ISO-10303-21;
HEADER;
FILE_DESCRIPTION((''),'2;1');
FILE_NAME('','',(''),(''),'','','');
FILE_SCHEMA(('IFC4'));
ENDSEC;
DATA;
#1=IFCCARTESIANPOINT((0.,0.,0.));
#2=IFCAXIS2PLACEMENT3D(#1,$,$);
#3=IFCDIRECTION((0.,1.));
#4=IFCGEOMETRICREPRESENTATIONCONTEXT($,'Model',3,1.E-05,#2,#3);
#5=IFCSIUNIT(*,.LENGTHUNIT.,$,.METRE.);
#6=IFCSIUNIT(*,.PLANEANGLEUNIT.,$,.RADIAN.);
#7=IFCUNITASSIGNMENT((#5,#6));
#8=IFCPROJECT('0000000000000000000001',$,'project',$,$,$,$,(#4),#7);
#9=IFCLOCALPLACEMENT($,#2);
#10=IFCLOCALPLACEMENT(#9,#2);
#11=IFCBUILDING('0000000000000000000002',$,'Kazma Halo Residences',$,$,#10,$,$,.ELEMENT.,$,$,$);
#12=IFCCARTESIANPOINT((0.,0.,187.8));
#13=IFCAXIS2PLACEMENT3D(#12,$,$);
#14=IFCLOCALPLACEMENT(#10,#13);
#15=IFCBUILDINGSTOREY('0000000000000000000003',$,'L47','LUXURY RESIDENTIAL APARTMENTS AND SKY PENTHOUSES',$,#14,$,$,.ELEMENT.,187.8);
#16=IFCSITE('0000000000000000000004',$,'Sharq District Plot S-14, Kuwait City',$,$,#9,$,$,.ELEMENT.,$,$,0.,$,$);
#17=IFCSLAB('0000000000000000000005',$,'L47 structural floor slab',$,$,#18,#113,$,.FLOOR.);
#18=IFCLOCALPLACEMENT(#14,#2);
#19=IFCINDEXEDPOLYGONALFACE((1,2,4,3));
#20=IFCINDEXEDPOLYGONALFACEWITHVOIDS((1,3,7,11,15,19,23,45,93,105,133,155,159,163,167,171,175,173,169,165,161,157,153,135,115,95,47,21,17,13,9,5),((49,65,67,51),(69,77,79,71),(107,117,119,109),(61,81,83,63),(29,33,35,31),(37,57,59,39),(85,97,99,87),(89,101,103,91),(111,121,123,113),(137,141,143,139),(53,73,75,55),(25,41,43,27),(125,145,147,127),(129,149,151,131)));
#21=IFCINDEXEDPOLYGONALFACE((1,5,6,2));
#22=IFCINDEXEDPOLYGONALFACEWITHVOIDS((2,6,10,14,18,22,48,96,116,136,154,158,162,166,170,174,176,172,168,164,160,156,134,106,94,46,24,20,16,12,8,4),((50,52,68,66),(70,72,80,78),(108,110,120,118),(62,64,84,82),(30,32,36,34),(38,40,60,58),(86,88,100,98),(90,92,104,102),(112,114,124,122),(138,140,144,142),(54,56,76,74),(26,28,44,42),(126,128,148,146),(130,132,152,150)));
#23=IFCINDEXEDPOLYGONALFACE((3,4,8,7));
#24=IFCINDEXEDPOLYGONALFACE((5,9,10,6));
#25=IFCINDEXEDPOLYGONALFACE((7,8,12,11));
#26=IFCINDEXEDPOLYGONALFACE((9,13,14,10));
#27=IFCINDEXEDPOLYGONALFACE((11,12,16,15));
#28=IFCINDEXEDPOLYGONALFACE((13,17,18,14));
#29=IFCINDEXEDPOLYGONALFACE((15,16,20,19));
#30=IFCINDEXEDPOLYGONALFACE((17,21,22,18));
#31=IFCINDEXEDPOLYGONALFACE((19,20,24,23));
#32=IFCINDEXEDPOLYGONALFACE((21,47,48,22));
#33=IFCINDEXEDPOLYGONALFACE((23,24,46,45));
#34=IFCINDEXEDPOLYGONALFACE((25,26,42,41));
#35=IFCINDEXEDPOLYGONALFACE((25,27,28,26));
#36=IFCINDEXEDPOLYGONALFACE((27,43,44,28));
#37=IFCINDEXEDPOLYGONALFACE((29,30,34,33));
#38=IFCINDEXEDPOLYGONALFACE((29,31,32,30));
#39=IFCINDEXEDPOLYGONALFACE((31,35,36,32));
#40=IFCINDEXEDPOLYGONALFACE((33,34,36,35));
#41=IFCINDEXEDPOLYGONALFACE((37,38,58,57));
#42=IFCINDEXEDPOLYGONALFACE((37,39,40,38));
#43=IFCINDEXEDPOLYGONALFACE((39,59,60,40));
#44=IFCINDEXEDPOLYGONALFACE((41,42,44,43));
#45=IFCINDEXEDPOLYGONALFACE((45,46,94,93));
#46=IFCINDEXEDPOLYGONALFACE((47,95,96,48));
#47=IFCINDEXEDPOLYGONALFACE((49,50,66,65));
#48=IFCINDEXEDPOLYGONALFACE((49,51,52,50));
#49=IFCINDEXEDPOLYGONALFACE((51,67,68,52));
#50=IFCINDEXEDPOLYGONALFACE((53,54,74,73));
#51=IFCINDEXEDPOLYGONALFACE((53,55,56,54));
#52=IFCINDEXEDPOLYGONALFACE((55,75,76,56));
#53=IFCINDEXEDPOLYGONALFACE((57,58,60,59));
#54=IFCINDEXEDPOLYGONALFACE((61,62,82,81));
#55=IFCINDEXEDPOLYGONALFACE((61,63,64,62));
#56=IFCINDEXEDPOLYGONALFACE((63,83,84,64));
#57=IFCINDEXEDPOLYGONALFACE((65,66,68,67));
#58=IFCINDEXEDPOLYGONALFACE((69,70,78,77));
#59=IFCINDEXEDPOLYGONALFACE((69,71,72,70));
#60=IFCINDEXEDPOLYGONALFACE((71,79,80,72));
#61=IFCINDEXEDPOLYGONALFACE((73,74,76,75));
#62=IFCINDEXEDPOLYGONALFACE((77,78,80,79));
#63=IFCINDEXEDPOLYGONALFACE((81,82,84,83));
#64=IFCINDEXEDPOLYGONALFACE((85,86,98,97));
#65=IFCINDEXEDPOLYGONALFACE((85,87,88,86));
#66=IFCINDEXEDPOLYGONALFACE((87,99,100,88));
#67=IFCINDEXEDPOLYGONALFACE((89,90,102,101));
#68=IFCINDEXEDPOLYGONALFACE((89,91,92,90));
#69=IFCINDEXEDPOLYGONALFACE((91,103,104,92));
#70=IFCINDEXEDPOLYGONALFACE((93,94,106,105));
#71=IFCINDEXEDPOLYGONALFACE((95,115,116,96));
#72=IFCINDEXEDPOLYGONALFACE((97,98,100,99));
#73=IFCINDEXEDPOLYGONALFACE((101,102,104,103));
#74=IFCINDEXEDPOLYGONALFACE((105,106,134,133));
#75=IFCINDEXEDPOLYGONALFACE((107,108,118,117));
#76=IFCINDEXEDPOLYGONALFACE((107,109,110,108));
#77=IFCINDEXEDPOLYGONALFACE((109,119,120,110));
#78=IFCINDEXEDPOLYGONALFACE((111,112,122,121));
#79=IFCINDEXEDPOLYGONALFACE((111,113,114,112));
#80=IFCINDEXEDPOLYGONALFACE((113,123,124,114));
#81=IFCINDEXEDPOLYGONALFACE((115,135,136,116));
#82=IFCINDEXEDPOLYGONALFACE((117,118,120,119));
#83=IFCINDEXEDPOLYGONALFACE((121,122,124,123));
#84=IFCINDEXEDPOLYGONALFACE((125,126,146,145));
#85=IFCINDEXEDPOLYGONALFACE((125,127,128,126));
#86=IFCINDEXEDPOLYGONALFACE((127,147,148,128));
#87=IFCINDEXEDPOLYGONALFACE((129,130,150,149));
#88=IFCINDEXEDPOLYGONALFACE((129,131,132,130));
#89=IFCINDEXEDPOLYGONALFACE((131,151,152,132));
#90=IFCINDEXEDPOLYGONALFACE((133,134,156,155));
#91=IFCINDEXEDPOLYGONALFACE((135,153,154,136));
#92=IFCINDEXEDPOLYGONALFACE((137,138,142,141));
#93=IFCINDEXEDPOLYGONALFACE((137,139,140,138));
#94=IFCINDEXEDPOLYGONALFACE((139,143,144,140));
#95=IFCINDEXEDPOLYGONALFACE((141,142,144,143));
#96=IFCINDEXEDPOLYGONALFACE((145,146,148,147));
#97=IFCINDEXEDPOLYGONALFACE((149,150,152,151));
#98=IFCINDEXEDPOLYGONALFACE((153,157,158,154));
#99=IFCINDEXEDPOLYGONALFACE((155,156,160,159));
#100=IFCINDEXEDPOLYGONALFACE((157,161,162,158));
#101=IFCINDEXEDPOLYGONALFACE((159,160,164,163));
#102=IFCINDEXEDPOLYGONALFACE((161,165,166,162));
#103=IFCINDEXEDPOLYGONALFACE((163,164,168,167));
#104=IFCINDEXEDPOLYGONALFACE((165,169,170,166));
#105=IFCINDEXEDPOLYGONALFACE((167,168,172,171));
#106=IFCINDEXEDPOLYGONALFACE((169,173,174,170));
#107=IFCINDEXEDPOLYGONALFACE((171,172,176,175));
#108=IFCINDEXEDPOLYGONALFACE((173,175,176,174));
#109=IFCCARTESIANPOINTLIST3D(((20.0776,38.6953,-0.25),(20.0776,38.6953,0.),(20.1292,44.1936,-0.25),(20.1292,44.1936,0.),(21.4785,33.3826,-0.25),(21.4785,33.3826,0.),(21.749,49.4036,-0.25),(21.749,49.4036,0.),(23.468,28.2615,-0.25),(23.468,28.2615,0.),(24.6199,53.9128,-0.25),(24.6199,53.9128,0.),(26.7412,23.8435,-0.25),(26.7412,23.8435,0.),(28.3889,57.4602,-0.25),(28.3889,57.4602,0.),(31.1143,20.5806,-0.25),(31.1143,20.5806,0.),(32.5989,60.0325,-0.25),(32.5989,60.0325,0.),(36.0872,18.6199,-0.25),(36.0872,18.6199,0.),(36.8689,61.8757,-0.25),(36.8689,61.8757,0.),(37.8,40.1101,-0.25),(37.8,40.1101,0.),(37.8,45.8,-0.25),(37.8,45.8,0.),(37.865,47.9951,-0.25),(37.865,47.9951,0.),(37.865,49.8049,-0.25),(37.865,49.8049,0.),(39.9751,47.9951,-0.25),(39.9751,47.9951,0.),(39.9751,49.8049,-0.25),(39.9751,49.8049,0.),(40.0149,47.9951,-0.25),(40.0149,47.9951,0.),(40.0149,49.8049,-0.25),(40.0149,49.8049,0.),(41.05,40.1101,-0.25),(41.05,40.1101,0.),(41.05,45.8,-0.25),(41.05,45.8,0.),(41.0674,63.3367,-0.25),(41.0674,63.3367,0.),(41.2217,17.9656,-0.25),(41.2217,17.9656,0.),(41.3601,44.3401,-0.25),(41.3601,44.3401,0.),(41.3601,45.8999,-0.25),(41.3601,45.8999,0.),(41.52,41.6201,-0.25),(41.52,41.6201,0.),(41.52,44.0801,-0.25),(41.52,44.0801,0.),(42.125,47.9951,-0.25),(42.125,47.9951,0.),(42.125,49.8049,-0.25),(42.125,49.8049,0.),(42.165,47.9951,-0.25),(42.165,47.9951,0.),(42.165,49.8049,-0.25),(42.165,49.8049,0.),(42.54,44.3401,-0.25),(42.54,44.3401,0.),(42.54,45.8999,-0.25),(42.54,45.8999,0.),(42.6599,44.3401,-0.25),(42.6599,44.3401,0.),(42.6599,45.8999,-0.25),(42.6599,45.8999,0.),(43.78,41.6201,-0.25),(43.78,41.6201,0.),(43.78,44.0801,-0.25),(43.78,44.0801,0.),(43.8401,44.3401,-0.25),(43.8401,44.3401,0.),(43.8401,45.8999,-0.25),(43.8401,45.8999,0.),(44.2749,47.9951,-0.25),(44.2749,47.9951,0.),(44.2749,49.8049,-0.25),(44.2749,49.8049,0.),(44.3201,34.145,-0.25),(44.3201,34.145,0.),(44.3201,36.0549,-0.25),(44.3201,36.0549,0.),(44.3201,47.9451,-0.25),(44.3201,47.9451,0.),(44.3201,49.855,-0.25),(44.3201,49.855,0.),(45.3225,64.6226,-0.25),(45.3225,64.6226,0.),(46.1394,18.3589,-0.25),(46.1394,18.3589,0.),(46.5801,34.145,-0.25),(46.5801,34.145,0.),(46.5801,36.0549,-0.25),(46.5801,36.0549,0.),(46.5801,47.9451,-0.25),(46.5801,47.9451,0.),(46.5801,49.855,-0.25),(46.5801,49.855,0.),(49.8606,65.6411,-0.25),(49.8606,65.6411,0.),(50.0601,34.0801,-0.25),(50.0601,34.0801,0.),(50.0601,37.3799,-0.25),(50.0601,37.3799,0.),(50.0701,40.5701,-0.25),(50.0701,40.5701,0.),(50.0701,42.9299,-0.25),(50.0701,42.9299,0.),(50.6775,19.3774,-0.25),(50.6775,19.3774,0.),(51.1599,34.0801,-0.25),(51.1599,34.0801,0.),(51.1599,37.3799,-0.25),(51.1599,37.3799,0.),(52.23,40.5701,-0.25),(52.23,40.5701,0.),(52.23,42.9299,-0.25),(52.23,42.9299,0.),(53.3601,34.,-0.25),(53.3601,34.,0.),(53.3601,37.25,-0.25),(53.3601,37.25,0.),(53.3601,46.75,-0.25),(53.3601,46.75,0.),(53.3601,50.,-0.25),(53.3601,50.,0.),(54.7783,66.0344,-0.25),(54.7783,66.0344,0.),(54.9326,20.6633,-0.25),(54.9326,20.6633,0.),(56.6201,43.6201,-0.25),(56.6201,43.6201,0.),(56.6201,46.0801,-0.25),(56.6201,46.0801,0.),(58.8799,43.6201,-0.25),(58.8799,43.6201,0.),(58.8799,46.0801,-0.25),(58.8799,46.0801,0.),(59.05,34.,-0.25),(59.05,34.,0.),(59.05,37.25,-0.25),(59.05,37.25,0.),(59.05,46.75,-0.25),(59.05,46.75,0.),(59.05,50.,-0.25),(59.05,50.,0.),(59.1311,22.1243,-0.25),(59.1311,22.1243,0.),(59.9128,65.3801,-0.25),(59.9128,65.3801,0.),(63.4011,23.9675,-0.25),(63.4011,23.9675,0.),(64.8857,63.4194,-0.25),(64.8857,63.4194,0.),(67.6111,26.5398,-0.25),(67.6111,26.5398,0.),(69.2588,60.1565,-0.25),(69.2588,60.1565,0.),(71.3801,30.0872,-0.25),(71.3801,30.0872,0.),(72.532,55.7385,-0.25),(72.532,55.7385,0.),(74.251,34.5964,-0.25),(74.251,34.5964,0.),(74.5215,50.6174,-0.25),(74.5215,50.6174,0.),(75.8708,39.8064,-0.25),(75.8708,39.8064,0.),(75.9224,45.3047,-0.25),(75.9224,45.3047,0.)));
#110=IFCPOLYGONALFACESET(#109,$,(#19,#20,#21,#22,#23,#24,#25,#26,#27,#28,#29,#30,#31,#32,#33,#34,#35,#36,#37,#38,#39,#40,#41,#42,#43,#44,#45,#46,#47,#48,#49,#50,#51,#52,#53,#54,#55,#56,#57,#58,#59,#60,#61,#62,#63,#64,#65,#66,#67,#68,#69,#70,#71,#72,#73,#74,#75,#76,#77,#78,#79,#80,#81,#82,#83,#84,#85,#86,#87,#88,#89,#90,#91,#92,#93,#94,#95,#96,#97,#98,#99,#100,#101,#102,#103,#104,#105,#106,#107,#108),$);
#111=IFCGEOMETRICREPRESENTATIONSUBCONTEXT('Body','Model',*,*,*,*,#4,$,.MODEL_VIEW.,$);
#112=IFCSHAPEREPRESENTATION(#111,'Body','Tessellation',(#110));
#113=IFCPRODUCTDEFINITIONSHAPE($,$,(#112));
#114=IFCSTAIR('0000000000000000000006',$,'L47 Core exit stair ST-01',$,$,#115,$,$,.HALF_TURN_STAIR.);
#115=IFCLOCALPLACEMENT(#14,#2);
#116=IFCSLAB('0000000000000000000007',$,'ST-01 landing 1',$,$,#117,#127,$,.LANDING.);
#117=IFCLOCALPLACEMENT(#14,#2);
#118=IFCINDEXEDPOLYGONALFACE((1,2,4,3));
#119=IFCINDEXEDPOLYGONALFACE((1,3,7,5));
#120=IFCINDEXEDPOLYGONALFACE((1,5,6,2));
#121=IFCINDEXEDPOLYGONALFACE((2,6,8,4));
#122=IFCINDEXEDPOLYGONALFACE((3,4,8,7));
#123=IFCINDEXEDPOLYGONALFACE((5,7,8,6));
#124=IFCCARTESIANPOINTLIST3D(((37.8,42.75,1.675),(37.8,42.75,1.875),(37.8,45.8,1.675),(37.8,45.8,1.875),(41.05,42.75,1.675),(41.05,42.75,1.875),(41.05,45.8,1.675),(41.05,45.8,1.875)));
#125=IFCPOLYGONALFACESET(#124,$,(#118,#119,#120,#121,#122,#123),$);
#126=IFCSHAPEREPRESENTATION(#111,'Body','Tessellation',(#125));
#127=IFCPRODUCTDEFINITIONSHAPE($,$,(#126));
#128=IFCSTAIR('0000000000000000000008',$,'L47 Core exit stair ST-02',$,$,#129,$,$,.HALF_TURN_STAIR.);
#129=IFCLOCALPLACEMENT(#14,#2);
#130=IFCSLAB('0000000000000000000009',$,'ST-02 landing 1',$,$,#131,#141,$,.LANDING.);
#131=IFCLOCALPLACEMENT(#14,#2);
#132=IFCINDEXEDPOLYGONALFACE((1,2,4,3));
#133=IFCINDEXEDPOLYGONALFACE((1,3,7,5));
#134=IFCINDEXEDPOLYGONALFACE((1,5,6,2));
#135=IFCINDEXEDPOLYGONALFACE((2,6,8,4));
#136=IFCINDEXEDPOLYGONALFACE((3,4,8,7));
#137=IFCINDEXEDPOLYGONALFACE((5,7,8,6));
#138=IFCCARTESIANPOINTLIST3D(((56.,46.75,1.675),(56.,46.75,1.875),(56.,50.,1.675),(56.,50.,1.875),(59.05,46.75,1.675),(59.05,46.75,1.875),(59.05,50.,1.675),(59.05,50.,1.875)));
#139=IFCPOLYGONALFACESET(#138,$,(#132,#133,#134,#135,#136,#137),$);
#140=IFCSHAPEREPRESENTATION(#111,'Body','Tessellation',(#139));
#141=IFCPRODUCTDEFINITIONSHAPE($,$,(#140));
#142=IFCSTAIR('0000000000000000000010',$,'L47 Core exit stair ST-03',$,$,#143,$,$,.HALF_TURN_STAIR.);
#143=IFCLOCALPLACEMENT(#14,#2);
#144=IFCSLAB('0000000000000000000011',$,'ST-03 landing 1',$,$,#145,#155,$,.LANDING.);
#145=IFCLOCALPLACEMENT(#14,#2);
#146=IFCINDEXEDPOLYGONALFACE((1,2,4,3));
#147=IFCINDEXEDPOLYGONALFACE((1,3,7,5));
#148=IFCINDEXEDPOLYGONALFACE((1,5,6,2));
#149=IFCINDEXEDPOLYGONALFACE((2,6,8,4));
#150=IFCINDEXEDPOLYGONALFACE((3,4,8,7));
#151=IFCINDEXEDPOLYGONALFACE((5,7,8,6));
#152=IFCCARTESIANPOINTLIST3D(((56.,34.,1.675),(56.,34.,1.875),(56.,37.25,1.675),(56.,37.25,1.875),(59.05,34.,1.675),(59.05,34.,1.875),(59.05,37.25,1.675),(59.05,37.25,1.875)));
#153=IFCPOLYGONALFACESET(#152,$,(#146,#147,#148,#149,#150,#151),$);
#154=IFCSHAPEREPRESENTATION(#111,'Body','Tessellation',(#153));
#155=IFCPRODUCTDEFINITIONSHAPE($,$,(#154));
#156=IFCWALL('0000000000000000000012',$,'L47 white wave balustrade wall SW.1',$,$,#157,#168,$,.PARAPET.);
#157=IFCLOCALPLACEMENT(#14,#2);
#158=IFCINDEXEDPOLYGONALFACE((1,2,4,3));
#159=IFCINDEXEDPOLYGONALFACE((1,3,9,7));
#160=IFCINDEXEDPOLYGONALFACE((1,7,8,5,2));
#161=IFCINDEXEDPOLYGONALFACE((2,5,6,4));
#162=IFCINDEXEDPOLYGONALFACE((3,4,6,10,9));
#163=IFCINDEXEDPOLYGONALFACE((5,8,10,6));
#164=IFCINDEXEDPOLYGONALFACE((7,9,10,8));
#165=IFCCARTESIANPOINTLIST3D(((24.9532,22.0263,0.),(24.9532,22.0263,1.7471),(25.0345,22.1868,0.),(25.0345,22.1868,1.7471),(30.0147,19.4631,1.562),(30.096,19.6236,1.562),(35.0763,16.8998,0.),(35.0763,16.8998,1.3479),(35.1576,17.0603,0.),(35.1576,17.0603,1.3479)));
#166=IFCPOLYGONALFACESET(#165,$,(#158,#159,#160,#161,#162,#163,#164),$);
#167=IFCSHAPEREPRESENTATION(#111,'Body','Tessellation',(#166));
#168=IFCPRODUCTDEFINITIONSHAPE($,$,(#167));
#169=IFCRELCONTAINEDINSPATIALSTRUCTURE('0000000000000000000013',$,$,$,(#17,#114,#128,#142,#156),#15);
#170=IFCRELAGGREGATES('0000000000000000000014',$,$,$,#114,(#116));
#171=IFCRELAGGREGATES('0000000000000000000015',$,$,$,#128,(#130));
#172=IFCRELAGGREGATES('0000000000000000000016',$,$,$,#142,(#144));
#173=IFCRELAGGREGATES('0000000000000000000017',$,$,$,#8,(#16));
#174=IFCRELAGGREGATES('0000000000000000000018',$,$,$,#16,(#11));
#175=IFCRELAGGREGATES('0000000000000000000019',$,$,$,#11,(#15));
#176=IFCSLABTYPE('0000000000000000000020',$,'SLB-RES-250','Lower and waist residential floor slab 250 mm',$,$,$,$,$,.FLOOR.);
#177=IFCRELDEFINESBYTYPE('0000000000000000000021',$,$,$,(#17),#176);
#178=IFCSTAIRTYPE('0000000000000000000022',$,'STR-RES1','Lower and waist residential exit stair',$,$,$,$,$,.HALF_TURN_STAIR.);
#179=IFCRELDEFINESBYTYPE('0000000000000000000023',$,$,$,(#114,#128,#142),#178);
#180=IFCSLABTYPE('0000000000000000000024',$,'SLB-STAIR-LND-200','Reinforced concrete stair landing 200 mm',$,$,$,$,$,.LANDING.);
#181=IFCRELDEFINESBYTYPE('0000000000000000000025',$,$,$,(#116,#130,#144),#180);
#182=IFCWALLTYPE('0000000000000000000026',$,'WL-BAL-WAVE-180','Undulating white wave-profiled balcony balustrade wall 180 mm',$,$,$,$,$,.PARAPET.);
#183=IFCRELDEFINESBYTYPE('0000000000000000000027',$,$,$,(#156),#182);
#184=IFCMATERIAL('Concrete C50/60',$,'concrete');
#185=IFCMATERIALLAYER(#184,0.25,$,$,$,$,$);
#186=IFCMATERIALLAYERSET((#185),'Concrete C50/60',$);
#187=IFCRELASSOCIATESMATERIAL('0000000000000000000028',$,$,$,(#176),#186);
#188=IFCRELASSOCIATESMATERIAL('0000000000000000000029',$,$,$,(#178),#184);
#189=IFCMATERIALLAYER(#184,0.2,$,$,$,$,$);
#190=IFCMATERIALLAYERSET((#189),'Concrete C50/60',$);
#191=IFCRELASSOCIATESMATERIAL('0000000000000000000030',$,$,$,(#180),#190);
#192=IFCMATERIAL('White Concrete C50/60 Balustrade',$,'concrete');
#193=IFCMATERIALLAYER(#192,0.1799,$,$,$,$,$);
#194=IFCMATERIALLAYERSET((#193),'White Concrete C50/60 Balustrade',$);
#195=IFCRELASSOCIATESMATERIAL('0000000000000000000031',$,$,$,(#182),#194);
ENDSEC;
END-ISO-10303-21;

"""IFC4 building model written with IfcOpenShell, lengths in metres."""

from ifc_helpers import new_model, si_unit, direction, frame, origin, place, context, subcontext, project, spatial, polyline, outline, extrude, material, layer, layer_set, type_object, element, aggregate, save


model = new_model("IFC4")

# Units and contexts
model_context = context("Model", 3, precision=1e-05, world=origin(), true_north=direction((0.0, 1.0)))
body_context = subcontext(model_context, "Body", "Model", "MODEL_VIEW")
ifc_project = project(units=[si_unit("LENGTHUNIT", "METRE"), si_unit("PLANEANGLEUNIT", "RADIAN")], contexts=[model_context])

# Site, building, storey
site_placement = place(None, origin())
site = spatial("IfcSite", under=ifc_project, at=site_placement, Name="Sharq District Plot S-14, Kuwait City", CompositionType="ELEMENT", RefElevation=0.0)
building_placement = place(site_placement, origin())
building = spatial("IfcBuilding", under=site, at=building_placement, Name="Kazma Halo Residences", CompositionType="ELEMENT")
storey_placement = place(building_placement, frame((0.0, 0.0, 187.8)))
storey = spatial("IfcBuildingStorey", under=building, at=storey_placement, Name="L47", Description="LUXURY RESIDENTIAL APARTMENTS AND SKY PENTHOUSES", CompositionType="ELEMENT", Elevation=187.8)

# Slab
ifc_material_1 = material(Name="Concrete C50/60", Category="concrete")
ifc_layer_1 = layer(ifc_material_1, 0.25)
ifc_layer_set_1 = layer_set([ifc_layer_1], Name="Concrete C50/60")
slab_type_1 = type_object("IfcSlabType", Name="SLB-RES-250", Description="Lower and waist residential floor slab 250 mm", PredefinedType="FLOOR", material=ifc_layer_set_1)
slab_1_placement = place(storey_placement, frame((0.0, 0.0, -0.25)))
element("IfcSlab", 1, at=slab_1_placement, inside=storey, type_object=slab_type_1, Name="L47 structural floor slab", PredefinedType="FLOOR", context=body_context, shape_type="SweptSolid", body=[
    extrude(outline(polyline([(74.5215, 50.6174), (72.532, 55.7385), (69.2588, 60.1565), (64.8857, 63.4194), (59.9128, 65.3801), (54.7783, 66.0344), (49.8606, 65.6411), (45.3225, 64.6226), (41.0674, 63.3367), (36.8689, 61.8757), (32.5989, 60.0325), (28.3889, 57.4602), (24.6199, 53.9128), (21.749, 49.4036), (20.1292, 44.1936), (20.0776, 38.6953), (21.4785, 33.3826), (23.468, 28.2615), (26.7412, 23.8435), (31.1143, 20.5806), (36.0872, 18.6199), (41.2217, 17.9656), (46.1394, 18.3589), (50.6775, 19.3774), (54.9326, 20.6633), (59.1311, 22.1243), (63.4011, 23.9675), (67.6111, 26.5398), (71.3801, 30.0872), (74.251, 34.5964), (75.8708, 39.8064), (75.9224, 45.3047), (74.5215, 50.6174)]), holes=[polyline([(37.8, 40.1101), (41.05, 40.1101), (41.05, 45.8), (37.8, 45.8), (37.8, 40.1101)]), polyline([(53.3601, 46.75), (59.05, 46.75), (59.05, 50.0), (53.3601, 50.0), (53.3601, 46.75)]), polyline([(53.3601, 34.0), (59.05, 34.0), (59.05, 37.25), (53.3601, 37.25), (53.3601, 34.0)]), polyline([(41.52, 41.6201), (43.78, 41.6201), (43.78, 44.0801), (41.52, 44.0801), (41.52, 41.6201)]), polyline([(56.6201, 43.6201), (58.8799, 43.6201), (58.8799, 46.0801), (56.6201, 46.0801), (56.6201, 43.6201)]), polyline([(37.865, 47.9951), (39.9751, 47.9951), (39.9751, 49.8049), (37.865, 49.8049), (37.865, 47.9951)]), polyline([(40.0149, 47.9951), (42.125, 47.9951), (42.125, 49.8049), (40.0149, 49.8049), (40.0149, 47.9951)]), polyline([(42.165, 47.9951), (44.2749, 47.9951), (44.2749, 49.8049), (42.165, 49.8049), (42.165, 47.9951)]), polyline([(44.3201, 47.9451), (46.5801, 47.9451), (46.5801, 49.855), (44.3201, 49.855), (44.3201, 47.9451)]), polyline([(44.3201, 34.145), (46.5801, 34.145), (46.5801, 36.0549), (44.3201, 36.0549), (44.3201, 34.145)]), polyline([(50.0701, 40.5701), (52.23, 40.5701), (52.23, 42.9299), (50.0701, 42.9299), (50.0701, 40.5701)]), polyline([(41.3601, 44.3401), (42.54, 44.3401), (42.54, 45.8999), (41.3601, 45.8999), (41.3601, 44.3401)]), polyline([(42.6599, 44.3401), (43.8401, 44.3401), (43.8401, 45.8999), (42.6599, 45.8999), (42.6599, 44.3401)]), polyline([(50.0601, 34.0801), (51.1599, 34.0801), (51.1599, 37.3799), (50.0601, 37.3799), (50.0601, 34.0801)])]), origin(), (0.0, 0.0, 1.0), 0.25),
])

# Stairs, slabs
stair_type = type_object("IfcStairType", Name="STR-RES1", Description="Lower and waist residential exit stair", PredefinedType="HALF_TURN_STAIR", material=ifc_material_1)
stair_1_placement = place(storey_placement, origin())
stair_1 = element("IfcStair", 2, at=stair_1_placement, inside=storey, type_object=stair_type, Name="L47 Core exit stair ST-01", PredefinedType="HALF_TURN_STAIR")
ifc_layer_2 = layer(ifc_material_1, 0.2)
ifc_layer_set_2 = layer_set([ifc_layer_2], Name="Concrete C50/60")
slab_type_2 = type_object("IfcSlabType", Name="SLB-STAIR-LND-200", Description="Reinforced concrete stair landing 200 mm", PredefinedType="LANDING", material=ifc_layer_set_2)
slab_2_placement = place(storey_placement, frame((0.0, 0.0, 1.675)))
slab_2 = element("IfcSlab", 3, at=slab_2_placement, type_object=slab_type_2, Name="ST-01 landing 1", PredefinedType="LANDING", context=body_context, shape_type="SweptSolid", body=[
    extrude(outline(polyline([(41.05, 42.75), (41.05, 45.8), (37.8, 45.8), (37.8, 42.75), (41.05, 42.75)])), origin(), (0.0, 0.0, 1.0), 0.2),
])
aggregate(stair_1, [slab_2])
stair_2_placement = place(storey_placement, origin())
stair_2 = element("IfcStair", 4, at=stair_2_placement, inside=storey, type_object=stair_type, Name="L47 Core exit stair ST-02", PredefinedType="HALF_TURN_STAIR")
slab_3_placement = place(storey_placement, frame((0.0, 0.0, 1.675)))
slab_3 = element("IfcSlab", 5, at=slab_3_placement, type_object=slab_type_2, Name="ST-02 landing 1", PredefinedType="LANDING", context=body_context, shape_type="SweptSolid", body=[
    extrude(outline(polyline([(56.0, 46.75), (59.05, 46.75), (59.05, 50.0), (56.0, 50.0), (56.0, 46.75)])), origin(), (0.0, 0.0, 1.0), 0.2),
])
aggregate(stair_2, [slab_3])
stair_3_placement = place(storey_placement, origin())
stair_3 = element("IfcStair", 6, at=stair_3_placement, inside=storey, type_object=stair_type, Name="L47 Core exit stair ST-03", PredefinedType="HALF_TURN_STAIR")
slab_4_placement = place(storey_placement, frame((0.0, 0.0, 1.675)))
slab_4 = element("IfcSlab", 7, at=slab_4_placement, type_object=slab_type_2, Name="ST-03 landing 1", PredefinedType="LANDING", context=body_context, shape_type="SweptSolid", body=[
    extrude(outline(polyline([(56.0, 34.0), (59.05, 34.0), (59.05, 37.25), (56.0, 37.25), (56.0, 34.0)])), origin(), (0.0, 0.0, 1.0), 0.2),
])
aggregate(stair_3, [slab_4])

# Wall
ifc_material_2 = material(Name="White Concrete C50/60 Balustrade", Category="concrete")
ifc_layer_3 = layer(ifc_material_2, 0.1799)
ifc_layer_set_3 = layer_set([ifc_layer_3], Name="White Concrete C50/60 Balustrade")
wall_type_1 = type_object("IfcWallType", Name="WL-BAL-WAVE-180", Description="Undulating white wave-profiled balcony balustrade wall 180 mm", PredefinedType="PARAPET", material=ifc_layer_set_3)
wall_1_placement = place(storey_placement, frame((24.9939, 22.1067, 0.0), z_axis=(0.0, 0.0, 1.0), x_axis=(0.892126, -0.451786, 0.0)))
element("IfcWall", 8, at=wall_1_placement, inside=storey, type_object=wall_type_1, Name="L47 white wave balustrade wall SW.1", PredefinedType="PARAPET", context=body_context, shape_type="SweptSolid", body=[
    extrude(outline(polyline([(0.0, 0.0), (11.3472, 0.0), (11.3472, 1.3479), (5.6736, 1.562), (0.0, 1.7471), (0.0, 0.0)])), frame((0.0, 0.0898, 0.0), z_axis=(0.0, -1.0, 0.0), x_axis=(1.0, 0.0, 0.0)), (0.0, 0.0, 1.0), 0.1799),
])

save(model, "model.ifc")
